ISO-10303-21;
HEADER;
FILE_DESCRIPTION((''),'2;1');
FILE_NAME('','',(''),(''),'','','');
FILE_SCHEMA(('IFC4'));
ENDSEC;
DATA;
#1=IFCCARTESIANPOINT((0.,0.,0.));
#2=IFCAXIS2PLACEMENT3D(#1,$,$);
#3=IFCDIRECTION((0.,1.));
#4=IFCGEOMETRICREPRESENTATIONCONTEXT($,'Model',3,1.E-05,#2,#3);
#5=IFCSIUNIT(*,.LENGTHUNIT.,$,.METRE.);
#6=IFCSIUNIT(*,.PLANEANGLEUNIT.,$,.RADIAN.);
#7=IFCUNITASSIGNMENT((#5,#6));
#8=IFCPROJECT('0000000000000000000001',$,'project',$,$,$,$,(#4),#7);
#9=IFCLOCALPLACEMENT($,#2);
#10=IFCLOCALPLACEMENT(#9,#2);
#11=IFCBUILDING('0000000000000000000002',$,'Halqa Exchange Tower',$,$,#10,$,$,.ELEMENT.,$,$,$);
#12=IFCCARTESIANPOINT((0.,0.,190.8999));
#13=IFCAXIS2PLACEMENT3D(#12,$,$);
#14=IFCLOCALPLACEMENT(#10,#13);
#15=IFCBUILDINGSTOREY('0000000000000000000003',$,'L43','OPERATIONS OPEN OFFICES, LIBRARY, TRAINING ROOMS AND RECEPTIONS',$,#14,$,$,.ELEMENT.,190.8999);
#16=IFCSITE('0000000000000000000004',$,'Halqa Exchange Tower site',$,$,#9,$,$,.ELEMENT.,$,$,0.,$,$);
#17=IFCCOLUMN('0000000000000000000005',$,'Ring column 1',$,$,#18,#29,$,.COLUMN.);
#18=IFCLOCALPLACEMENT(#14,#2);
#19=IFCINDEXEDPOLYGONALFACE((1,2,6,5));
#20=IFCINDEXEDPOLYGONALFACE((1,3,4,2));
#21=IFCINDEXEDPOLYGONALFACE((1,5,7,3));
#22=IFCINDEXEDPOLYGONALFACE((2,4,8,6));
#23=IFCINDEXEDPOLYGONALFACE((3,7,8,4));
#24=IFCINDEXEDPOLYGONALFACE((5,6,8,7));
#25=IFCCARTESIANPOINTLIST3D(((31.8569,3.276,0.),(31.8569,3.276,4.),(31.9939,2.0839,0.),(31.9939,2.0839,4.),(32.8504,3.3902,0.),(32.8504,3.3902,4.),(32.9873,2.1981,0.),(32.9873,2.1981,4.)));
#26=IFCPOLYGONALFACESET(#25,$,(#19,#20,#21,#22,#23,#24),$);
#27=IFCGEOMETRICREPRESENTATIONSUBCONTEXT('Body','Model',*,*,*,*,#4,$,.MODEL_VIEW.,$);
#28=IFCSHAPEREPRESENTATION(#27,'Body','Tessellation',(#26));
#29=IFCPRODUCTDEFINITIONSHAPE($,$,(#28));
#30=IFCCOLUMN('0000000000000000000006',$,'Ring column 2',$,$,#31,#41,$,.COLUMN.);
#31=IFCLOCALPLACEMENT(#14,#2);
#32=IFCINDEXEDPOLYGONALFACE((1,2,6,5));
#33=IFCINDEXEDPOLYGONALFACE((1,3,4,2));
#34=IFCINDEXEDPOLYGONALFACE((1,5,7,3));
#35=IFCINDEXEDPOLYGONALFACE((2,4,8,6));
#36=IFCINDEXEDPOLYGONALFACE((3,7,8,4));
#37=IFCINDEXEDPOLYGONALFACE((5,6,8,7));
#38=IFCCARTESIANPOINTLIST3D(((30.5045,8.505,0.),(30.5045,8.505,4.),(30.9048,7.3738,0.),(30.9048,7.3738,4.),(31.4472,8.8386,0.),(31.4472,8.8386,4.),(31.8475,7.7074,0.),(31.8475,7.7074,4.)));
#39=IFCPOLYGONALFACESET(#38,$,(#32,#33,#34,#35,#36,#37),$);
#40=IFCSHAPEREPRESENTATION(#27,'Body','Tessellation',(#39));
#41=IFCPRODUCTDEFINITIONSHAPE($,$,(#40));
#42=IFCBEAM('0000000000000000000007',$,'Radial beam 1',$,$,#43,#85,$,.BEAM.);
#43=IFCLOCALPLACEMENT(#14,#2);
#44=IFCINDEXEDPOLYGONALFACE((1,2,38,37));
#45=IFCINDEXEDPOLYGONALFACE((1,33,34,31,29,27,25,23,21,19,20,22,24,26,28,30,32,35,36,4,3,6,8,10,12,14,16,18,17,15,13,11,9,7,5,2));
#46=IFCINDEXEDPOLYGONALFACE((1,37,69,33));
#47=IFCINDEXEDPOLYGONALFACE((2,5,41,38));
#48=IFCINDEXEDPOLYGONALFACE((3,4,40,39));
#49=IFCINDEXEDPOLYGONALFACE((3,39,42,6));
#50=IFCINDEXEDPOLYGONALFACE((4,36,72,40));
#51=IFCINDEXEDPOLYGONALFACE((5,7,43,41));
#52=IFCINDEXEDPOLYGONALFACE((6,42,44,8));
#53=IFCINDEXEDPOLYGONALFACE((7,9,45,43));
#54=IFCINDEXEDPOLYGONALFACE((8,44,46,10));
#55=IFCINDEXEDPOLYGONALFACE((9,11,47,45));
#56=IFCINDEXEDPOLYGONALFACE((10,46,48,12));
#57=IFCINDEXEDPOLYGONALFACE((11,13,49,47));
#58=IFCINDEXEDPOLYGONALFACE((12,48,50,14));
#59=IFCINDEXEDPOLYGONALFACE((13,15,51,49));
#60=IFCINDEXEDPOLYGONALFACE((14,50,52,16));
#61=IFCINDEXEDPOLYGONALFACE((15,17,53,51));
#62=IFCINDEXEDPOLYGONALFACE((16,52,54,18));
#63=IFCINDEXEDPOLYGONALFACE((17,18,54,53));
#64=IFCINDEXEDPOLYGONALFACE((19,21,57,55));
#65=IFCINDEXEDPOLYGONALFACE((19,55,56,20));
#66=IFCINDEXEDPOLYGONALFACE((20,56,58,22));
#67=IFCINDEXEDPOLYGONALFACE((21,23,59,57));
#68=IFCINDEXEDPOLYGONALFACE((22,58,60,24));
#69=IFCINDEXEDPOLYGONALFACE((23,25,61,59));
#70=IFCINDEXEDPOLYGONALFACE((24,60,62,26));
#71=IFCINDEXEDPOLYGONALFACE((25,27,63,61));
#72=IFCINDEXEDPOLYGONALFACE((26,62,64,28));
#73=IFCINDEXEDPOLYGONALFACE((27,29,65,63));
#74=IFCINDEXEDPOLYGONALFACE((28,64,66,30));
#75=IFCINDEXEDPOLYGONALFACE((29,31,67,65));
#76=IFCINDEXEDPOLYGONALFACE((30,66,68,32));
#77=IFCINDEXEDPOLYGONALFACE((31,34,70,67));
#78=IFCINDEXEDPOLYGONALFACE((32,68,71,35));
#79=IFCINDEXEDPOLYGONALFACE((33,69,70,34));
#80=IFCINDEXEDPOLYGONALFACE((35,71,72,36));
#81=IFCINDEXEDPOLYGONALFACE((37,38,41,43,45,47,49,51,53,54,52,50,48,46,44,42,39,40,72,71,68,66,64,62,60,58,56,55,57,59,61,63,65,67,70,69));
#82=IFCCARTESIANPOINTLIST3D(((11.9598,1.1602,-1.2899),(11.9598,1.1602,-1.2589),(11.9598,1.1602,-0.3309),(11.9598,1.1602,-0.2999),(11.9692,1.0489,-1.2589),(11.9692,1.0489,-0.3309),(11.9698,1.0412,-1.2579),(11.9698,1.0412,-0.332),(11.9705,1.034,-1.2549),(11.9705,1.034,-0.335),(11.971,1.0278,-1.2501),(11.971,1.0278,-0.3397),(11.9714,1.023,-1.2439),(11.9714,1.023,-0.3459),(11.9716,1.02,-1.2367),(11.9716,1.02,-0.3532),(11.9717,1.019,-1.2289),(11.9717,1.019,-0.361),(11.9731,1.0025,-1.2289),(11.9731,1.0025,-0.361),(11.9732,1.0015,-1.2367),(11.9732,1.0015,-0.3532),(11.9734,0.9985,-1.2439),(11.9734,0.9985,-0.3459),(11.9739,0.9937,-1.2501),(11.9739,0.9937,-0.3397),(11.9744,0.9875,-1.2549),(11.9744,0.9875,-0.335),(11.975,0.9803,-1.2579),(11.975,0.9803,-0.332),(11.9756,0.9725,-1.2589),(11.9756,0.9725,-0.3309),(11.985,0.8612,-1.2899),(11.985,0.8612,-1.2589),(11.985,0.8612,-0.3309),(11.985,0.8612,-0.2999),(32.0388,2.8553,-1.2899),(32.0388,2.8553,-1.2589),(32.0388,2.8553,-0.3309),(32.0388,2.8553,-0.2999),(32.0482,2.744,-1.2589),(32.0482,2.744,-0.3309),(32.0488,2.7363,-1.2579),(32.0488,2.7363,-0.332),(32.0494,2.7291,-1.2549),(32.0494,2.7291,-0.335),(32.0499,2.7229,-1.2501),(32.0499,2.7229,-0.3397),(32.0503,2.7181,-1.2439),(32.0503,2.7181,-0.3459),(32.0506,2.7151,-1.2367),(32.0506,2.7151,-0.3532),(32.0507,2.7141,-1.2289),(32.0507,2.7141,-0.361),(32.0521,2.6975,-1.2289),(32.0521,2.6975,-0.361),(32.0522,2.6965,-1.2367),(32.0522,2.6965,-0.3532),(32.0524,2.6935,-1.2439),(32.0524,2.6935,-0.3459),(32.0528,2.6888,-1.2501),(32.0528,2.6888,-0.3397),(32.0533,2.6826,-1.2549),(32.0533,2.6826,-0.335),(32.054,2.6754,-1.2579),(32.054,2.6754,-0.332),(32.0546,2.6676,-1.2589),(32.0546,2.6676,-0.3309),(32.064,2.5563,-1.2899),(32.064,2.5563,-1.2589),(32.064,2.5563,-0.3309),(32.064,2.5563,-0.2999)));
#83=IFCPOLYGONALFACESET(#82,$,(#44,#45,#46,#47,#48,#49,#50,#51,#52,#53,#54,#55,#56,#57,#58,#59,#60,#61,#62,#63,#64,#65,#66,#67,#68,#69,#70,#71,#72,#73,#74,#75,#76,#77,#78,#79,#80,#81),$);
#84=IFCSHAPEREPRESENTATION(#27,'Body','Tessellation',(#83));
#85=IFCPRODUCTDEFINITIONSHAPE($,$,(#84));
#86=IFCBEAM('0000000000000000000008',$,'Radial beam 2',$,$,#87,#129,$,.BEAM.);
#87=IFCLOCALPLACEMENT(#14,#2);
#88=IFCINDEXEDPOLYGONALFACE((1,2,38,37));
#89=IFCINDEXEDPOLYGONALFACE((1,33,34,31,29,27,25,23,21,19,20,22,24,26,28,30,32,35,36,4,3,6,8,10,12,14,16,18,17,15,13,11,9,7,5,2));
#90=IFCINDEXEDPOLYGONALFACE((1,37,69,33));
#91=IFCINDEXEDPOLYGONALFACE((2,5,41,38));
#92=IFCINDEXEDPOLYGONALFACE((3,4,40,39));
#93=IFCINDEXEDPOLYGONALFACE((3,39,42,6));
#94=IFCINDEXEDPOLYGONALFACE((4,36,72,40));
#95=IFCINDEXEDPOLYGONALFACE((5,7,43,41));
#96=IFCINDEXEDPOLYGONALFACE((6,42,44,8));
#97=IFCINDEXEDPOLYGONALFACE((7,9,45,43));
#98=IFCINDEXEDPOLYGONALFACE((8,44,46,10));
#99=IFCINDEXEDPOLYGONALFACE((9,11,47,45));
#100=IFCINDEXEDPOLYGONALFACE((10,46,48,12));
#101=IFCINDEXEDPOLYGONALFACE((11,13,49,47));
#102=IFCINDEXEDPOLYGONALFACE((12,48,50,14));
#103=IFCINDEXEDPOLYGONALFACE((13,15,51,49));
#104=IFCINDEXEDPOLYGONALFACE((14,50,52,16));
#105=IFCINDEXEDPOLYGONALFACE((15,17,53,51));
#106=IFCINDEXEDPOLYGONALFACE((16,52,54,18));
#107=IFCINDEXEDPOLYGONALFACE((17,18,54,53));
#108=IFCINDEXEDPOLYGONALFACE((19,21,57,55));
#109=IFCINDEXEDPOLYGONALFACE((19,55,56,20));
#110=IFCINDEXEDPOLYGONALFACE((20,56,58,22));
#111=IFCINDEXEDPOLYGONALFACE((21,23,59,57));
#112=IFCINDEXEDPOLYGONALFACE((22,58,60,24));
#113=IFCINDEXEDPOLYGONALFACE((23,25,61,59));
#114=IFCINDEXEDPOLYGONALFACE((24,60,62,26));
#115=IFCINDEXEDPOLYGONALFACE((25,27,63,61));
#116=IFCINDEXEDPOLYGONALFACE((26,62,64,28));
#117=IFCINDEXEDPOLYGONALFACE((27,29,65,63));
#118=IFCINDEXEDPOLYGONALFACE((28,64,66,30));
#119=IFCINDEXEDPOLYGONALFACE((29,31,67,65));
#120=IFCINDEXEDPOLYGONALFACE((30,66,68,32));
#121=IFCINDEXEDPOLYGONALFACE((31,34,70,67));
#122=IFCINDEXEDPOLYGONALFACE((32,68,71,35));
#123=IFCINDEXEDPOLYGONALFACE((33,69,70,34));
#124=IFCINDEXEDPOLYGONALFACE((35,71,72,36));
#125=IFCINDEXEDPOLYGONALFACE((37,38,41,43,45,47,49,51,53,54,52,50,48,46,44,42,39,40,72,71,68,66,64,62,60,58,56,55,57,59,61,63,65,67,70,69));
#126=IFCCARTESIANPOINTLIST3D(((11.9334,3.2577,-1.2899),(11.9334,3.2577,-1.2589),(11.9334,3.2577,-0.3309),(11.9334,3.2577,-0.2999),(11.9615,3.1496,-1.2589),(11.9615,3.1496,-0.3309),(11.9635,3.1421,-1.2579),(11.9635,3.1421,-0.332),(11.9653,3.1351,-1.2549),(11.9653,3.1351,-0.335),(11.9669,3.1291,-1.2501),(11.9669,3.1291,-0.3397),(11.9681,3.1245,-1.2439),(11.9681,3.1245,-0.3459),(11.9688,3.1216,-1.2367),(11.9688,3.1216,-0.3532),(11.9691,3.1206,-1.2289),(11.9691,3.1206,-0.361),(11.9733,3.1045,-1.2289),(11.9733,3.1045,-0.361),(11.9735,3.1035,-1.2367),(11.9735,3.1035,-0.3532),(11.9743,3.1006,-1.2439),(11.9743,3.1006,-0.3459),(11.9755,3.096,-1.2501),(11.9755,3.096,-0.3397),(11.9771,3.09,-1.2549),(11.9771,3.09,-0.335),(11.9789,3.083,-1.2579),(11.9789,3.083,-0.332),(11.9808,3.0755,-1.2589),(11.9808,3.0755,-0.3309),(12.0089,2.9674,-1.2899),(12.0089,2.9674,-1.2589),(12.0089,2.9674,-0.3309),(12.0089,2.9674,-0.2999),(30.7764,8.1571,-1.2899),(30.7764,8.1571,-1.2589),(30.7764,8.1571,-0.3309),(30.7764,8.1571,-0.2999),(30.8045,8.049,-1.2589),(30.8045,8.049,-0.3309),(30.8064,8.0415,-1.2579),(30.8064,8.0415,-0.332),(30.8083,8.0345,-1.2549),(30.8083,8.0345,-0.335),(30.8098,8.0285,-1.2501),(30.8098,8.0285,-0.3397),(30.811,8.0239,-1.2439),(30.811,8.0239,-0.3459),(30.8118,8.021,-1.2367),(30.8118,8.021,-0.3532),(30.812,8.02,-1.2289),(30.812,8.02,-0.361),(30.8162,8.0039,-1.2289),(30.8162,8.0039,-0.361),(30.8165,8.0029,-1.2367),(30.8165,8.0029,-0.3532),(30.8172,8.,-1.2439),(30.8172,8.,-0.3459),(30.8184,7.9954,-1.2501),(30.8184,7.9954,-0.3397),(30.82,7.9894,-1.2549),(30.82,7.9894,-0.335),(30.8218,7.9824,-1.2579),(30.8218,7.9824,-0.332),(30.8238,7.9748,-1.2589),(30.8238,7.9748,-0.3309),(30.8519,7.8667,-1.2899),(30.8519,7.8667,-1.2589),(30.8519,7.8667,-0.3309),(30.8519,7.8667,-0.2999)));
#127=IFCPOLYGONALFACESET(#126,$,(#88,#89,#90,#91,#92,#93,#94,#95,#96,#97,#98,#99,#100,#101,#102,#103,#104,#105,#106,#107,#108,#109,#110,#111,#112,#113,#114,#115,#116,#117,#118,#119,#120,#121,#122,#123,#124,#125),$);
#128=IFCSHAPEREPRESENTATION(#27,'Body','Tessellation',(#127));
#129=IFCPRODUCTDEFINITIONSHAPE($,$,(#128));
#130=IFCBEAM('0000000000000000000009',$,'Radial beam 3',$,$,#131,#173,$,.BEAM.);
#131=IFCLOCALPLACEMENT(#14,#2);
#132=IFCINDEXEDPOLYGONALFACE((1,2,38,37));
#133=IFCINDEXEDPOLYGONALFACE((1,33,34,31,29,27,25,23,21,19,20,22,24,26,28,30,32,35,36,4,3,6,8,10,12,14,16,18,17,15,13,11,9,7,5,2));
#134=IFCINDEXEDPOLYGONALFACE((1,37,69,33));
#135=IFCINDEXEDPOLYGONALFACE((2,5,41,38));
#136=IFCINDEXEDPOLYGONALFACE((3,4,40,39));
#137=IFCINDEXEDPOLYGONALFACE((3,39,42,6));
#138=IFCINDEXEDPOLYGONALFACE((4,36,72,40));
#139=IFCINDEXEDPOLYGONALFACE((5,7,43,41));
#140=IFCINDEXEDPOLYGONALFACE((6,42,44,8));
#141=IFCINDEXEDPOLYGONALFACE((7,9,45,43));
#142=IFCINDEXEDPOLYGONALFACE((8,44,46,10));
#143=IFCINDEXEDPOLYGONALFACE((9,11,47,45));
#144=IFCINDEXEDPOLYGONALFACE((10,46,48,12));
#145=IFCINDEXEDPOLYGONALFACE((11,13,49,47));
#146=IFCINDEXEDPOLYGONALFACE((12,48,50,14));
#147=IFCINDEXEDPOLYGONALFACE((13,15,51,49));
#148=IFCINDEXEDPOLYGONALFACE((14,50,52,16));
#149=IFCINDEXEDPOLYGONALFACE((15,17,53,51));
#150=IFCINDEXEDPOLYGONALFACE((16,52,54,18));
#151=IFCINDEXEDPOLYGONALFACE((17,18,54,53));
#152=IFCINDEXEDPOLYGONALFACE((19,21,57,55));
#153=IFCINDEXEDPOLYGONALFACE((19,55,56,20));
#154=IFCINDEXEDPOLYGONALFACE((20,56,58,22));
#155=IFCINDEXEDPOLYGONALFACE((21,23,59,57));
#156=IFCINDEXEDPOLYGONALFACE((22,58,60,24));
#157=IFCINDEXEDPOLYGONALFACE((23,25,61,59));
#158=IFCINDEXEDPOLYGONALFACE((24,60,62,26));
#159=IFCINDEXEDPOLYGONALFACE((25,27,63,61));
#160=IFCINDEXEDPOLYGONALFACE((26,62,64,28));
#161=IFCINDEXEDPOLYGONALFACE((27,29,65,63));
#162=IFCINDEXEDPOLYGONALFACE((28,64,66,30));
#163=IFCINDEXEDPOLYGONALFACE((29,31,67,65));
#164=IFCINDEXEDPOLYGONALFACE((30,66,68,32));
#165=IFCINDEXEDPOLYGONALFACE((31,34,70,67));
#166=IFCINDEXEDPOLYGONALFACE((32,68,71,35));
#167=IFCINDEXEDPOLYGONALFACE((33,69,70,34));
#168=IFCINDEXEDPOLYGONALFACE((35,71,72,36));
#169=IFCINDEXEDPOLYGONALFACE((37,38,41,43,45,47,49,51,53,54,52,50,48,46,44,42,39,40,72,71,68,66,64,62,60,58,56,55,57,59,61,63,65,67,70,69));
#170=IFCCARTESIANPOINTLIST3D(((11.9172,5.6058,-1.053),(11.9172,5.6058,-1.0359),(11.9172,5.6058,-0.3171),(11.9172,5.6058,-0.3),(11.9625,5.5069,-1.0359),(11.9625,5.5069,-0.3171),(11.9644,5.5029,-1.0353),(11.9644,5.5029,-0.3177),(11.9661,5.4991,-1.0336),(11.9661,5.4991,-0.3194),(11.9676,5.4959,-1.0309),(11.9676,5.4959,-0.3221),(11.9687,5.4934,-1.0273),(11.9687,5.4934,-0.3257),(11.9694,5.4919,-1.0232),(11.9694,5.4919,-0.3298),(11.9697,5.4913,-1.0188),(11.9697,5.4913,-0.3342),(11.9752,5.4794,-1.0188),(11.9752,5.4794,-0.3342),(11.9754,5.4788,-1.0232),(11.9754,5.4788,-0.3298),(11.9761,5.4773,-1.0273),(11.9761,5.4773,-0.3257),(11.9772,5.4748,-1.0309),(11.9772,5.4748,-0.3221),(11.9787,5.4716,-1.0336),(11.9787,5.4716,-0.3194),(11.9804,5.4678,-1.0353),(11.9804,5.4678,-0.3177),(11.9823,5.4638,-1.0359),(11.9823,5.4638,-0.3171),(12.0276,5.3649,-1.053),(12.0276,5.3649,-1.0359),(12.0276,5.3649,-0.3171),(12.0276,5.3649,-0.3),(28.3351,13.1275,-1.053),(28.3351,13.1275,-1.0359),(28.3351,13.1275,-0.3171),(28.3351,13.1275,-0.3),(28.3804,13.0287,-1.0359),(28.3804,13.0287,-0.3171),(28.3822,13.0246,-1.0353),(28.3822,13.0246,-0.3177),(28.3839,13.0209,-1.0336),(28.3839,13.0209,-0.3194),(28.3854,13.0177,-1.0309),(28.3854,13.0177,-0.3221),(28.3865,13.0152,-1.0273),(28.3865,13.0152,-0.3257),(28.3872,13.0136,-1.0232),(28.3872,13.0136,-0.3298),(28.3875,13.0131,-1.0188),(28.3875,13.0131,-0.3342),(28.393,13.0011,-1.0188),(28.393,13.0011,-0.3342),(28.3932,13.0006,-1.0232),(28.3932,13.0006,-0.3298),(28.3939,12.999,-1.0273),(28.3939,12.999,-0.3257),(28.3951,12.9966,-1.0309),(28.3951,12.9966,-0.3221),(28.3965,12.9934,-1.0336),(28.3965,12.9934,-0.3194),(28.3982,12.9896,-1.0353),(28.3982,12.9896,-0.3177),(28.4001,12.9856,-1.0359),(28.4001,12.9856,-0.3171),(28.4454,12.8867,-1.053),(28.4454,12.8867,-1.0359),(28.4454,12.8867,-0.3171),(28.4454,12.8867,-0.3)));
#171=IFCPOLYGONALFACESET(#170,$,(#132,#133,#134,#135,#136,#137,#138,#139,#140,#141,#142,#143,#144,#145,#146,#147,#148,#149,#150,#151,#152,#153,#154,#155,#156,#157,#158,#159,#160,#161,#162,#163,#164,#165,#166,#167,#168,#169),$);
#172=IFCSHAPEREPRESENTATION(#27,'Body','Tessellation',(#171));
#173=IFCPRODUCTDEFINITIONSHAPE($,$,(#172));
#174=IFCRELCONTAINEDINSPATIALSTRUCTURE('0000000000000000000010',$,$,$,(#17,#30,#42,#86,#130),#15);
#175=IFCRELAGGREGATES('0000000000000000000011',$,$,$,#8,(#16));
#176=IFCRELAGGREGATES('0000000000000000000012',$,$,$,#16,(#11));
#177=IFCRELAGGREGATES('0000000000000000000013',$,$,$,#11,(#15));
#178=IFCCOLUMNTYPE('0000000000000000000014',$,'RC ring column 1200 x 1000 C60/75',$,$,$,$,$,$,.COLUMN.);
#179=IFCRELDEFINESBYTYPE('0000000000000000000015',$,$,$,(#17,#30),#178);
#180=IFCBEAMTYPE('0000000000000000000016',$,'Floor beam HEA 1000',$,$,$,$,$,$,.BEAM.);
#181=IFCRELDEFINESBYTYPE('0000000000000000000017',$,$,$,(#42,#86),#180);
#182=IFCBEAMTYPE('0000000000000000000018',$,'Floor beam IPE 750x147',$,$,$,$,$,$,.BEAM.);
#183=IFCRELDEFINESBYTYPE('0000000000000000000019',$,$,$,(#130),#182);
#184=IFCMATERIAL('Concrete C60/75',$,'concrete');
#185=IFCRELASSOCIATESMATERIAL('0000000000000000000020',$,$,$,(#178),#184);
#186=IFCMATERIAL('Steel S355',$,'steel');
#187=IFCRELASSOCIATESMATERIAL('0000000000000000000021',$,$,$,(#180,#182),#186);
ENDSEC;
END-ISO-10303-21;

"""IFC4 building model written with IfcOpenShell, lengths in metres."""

from ifc_helpers import new_model, si_unit, direction, frame, origin, origin_2d, place, context, subcontext, project, spatial, rectangle, i_section, extrude, material, material_profile, profile_set, type_object, element, save


model = new_model("IFC4")

# Units and contexts
model_context = context("Model", 3, precision=1e-05, world=origin(), true_north=direction((0.0, 1.0)))
body_context = subcontext(model_context, "Body", "Model", "MODEL_VIEW")
ifc_project = project(units=[si_unit("LENGTHUNIT", "METRE"), si_unit("PLANEANGLEUNIT", "RADIAN")], contexts=[model_context])

# Site, building, storey
site_placement = place(None, origin())
site = spatial("IfcSite", under=ifc_project, at=site_placement, Name="Halqa Exchange Tower site", CompositionType="ELEMENT", RefElevation=0.0)
building_placement = place(site_placement, origin())
building = spatial("IfcBuilding", under=site, at=building_placement, Name="Halqa Exchange Tower", CompositionType="ELEMENT")
storey_placement = place(building_placement, frame((0.0, 0.0, 190.8999)))
storey = spatial("IfcBuildingStorey", under=building, at=storey_placement, Name="L43", Description="OPERATIONS OPEN OFFICES, LIBRARY, TRAINING ROOMS AND RECEPTIONS", CompositionType="ELEMENT", Elevation=190.8999)

# Columns
ifc_material_1 = material(Name="Concrete C60/75", Category="concrete")
ifc_material_profile_1 = material_profile(ifc_material_1, rectangle(XDim=1.2, YDim=1.0, at=origin_2d()), Name="1200 x 1000")
ifc_profile_set_1 = profile_set([ifc_material_profile_1], Name="Concrete C60/75")
column_type = type_object("IfcColumnType", Name="RC ring column 1200 x 1000 C60/75", PredefinedType="COLUMN", material=ifc_profile_set_1)
for number, where, z_axis, x_axis, name in (
    (1, (32.4221, 2.7371, 0.0), (0.0, 0.0, 1.0), (-0.11415, 0.993464, 0.0), "Ring column 1"),
    (2, (31.176, 8.1062, 0.0), (0.0, 0.0, 1.0), (-0.333626, 0.942706, 0.0), "Ring column 2"),
):
    element("IfcColumn", number, at=place(storey_placement, frame(where, z_axis=z_axis, x_axis=x_axis)), inside=storey, type_object=column_type, Name=name, PredefinedType="COLUMN", context=body_context, shape_type="SweptSolid", body=[
        extrude(rectangle(XDim=1.2, YDim=1.0, at=origin_2d()), origin(), (0.0, 0.0, 1.0), 4.0),
    ])

# Beams
ifc_material_2 = material(Name="Steel S355", Category="steel")
ifc_material_profile_2 = material_profile(ifc_material_2, i_section(OverallWidth=0.3, OverallDepth=0.99, WebThickness=0.0166, FlangeThickness=0.031, FilletRadius=0.03, at=origin_2d()), Name="HEA 1000")
ifc_profile_set_2 = profile_set([ifc_material_profile_2], Name="Steel S355")
beam_type_1 = type_object("IfcBeamType", Name="Floor beam HEA 1000", PredefinedType="BEAM", material=ifc_profile_set_2)
beam_1_placement = place(storey_placement, frame((11.9724, 1.0107, -0.7949), z_axis=(0.996456, 0.084121, 0.0), x_axis=(-0.084121, 0.996456, 0.0)))
element("IfcBeam", 3, at=beam_1_placement, inside=storey, type_object=beam_type_1, Name="Radial beam 1", PredefinedType="BEAM", context=body_context, shape_type="SweptSolid", body=[
    extrude(i_section(OverallWidth=0.3, OverallDepth=0.99, WebThickness=0.0166, FlangeThickness=0.031, FilletRadius=0.03, at=origin_2d()), origin(), (0.0, 0.0, 1.0), 20.1504),
])
beam_2_placement = place(storey_placement, frame((11.9712, 3.1125, -0.7949), z_axis=(0.96782, 0.251645, 0.0), x_axis=(-0.251645, 0.96782, 0.0)))
element("IfcBeam", 4, at=beam_2_placement, inside=storey, type_object=beam_type_1, Name="Radial beam 2", PredefinedType="BEAM", context=body_context, shape_type="SweptSolid", body=[
    extrude(i_section(OverallWidth=0.3, OverallDepth=0.99, WebThickness=0.0166, FlangeThickness=0.031, FilletRadius=0.03, at=origin_2d()), origin(), (0.0, 0.0, 1.0), 19.4695),
])
ifc_material_profile_3 = material_profile(ifc_material_2, i_section(OverallWidth=0.2649, OverallDepth=0.7529, WebThickness=0.0132, FlangeThickness=0.0171, FilletRadius=0.0171, at=origin_2d()), Name="IPE 750x147")
ifc_profile_set_3 = profile_set([ifc_material_profile_3], Name="Steel S355")
beam_type_2 = type_object("IfcBeamType", Name="Floor beam IPE 750x147", PredefinedType="BEAM", material=ifc_profile_set_3)
beam_3_placement = place(storey_placement, frame((11.9724, 5.4854, -0.6765), z_axis=(0.909129, 0.416515, 0.0), x_axis=(-0.416515, 0.909129, 0.0)))
element("IfcBeam", 5, at=beam_3_placement, inside=storey, type_object=beam_type_2, Name="Radial beam 3", PredefinedType="BEAM", context=body_context, shape_type="SweptSolid", body=[
    extrude(i_section(OverallWidth=0.2649, OverallDepth=0.7529, WebThickness=0.0132, FlangeThickness=0.0171, FilletRadius=0.0171, at=origin_2d()), origin(), (0.0, 0.0, 1.0), 18.0588),
])

save(model, "model.ifc")
